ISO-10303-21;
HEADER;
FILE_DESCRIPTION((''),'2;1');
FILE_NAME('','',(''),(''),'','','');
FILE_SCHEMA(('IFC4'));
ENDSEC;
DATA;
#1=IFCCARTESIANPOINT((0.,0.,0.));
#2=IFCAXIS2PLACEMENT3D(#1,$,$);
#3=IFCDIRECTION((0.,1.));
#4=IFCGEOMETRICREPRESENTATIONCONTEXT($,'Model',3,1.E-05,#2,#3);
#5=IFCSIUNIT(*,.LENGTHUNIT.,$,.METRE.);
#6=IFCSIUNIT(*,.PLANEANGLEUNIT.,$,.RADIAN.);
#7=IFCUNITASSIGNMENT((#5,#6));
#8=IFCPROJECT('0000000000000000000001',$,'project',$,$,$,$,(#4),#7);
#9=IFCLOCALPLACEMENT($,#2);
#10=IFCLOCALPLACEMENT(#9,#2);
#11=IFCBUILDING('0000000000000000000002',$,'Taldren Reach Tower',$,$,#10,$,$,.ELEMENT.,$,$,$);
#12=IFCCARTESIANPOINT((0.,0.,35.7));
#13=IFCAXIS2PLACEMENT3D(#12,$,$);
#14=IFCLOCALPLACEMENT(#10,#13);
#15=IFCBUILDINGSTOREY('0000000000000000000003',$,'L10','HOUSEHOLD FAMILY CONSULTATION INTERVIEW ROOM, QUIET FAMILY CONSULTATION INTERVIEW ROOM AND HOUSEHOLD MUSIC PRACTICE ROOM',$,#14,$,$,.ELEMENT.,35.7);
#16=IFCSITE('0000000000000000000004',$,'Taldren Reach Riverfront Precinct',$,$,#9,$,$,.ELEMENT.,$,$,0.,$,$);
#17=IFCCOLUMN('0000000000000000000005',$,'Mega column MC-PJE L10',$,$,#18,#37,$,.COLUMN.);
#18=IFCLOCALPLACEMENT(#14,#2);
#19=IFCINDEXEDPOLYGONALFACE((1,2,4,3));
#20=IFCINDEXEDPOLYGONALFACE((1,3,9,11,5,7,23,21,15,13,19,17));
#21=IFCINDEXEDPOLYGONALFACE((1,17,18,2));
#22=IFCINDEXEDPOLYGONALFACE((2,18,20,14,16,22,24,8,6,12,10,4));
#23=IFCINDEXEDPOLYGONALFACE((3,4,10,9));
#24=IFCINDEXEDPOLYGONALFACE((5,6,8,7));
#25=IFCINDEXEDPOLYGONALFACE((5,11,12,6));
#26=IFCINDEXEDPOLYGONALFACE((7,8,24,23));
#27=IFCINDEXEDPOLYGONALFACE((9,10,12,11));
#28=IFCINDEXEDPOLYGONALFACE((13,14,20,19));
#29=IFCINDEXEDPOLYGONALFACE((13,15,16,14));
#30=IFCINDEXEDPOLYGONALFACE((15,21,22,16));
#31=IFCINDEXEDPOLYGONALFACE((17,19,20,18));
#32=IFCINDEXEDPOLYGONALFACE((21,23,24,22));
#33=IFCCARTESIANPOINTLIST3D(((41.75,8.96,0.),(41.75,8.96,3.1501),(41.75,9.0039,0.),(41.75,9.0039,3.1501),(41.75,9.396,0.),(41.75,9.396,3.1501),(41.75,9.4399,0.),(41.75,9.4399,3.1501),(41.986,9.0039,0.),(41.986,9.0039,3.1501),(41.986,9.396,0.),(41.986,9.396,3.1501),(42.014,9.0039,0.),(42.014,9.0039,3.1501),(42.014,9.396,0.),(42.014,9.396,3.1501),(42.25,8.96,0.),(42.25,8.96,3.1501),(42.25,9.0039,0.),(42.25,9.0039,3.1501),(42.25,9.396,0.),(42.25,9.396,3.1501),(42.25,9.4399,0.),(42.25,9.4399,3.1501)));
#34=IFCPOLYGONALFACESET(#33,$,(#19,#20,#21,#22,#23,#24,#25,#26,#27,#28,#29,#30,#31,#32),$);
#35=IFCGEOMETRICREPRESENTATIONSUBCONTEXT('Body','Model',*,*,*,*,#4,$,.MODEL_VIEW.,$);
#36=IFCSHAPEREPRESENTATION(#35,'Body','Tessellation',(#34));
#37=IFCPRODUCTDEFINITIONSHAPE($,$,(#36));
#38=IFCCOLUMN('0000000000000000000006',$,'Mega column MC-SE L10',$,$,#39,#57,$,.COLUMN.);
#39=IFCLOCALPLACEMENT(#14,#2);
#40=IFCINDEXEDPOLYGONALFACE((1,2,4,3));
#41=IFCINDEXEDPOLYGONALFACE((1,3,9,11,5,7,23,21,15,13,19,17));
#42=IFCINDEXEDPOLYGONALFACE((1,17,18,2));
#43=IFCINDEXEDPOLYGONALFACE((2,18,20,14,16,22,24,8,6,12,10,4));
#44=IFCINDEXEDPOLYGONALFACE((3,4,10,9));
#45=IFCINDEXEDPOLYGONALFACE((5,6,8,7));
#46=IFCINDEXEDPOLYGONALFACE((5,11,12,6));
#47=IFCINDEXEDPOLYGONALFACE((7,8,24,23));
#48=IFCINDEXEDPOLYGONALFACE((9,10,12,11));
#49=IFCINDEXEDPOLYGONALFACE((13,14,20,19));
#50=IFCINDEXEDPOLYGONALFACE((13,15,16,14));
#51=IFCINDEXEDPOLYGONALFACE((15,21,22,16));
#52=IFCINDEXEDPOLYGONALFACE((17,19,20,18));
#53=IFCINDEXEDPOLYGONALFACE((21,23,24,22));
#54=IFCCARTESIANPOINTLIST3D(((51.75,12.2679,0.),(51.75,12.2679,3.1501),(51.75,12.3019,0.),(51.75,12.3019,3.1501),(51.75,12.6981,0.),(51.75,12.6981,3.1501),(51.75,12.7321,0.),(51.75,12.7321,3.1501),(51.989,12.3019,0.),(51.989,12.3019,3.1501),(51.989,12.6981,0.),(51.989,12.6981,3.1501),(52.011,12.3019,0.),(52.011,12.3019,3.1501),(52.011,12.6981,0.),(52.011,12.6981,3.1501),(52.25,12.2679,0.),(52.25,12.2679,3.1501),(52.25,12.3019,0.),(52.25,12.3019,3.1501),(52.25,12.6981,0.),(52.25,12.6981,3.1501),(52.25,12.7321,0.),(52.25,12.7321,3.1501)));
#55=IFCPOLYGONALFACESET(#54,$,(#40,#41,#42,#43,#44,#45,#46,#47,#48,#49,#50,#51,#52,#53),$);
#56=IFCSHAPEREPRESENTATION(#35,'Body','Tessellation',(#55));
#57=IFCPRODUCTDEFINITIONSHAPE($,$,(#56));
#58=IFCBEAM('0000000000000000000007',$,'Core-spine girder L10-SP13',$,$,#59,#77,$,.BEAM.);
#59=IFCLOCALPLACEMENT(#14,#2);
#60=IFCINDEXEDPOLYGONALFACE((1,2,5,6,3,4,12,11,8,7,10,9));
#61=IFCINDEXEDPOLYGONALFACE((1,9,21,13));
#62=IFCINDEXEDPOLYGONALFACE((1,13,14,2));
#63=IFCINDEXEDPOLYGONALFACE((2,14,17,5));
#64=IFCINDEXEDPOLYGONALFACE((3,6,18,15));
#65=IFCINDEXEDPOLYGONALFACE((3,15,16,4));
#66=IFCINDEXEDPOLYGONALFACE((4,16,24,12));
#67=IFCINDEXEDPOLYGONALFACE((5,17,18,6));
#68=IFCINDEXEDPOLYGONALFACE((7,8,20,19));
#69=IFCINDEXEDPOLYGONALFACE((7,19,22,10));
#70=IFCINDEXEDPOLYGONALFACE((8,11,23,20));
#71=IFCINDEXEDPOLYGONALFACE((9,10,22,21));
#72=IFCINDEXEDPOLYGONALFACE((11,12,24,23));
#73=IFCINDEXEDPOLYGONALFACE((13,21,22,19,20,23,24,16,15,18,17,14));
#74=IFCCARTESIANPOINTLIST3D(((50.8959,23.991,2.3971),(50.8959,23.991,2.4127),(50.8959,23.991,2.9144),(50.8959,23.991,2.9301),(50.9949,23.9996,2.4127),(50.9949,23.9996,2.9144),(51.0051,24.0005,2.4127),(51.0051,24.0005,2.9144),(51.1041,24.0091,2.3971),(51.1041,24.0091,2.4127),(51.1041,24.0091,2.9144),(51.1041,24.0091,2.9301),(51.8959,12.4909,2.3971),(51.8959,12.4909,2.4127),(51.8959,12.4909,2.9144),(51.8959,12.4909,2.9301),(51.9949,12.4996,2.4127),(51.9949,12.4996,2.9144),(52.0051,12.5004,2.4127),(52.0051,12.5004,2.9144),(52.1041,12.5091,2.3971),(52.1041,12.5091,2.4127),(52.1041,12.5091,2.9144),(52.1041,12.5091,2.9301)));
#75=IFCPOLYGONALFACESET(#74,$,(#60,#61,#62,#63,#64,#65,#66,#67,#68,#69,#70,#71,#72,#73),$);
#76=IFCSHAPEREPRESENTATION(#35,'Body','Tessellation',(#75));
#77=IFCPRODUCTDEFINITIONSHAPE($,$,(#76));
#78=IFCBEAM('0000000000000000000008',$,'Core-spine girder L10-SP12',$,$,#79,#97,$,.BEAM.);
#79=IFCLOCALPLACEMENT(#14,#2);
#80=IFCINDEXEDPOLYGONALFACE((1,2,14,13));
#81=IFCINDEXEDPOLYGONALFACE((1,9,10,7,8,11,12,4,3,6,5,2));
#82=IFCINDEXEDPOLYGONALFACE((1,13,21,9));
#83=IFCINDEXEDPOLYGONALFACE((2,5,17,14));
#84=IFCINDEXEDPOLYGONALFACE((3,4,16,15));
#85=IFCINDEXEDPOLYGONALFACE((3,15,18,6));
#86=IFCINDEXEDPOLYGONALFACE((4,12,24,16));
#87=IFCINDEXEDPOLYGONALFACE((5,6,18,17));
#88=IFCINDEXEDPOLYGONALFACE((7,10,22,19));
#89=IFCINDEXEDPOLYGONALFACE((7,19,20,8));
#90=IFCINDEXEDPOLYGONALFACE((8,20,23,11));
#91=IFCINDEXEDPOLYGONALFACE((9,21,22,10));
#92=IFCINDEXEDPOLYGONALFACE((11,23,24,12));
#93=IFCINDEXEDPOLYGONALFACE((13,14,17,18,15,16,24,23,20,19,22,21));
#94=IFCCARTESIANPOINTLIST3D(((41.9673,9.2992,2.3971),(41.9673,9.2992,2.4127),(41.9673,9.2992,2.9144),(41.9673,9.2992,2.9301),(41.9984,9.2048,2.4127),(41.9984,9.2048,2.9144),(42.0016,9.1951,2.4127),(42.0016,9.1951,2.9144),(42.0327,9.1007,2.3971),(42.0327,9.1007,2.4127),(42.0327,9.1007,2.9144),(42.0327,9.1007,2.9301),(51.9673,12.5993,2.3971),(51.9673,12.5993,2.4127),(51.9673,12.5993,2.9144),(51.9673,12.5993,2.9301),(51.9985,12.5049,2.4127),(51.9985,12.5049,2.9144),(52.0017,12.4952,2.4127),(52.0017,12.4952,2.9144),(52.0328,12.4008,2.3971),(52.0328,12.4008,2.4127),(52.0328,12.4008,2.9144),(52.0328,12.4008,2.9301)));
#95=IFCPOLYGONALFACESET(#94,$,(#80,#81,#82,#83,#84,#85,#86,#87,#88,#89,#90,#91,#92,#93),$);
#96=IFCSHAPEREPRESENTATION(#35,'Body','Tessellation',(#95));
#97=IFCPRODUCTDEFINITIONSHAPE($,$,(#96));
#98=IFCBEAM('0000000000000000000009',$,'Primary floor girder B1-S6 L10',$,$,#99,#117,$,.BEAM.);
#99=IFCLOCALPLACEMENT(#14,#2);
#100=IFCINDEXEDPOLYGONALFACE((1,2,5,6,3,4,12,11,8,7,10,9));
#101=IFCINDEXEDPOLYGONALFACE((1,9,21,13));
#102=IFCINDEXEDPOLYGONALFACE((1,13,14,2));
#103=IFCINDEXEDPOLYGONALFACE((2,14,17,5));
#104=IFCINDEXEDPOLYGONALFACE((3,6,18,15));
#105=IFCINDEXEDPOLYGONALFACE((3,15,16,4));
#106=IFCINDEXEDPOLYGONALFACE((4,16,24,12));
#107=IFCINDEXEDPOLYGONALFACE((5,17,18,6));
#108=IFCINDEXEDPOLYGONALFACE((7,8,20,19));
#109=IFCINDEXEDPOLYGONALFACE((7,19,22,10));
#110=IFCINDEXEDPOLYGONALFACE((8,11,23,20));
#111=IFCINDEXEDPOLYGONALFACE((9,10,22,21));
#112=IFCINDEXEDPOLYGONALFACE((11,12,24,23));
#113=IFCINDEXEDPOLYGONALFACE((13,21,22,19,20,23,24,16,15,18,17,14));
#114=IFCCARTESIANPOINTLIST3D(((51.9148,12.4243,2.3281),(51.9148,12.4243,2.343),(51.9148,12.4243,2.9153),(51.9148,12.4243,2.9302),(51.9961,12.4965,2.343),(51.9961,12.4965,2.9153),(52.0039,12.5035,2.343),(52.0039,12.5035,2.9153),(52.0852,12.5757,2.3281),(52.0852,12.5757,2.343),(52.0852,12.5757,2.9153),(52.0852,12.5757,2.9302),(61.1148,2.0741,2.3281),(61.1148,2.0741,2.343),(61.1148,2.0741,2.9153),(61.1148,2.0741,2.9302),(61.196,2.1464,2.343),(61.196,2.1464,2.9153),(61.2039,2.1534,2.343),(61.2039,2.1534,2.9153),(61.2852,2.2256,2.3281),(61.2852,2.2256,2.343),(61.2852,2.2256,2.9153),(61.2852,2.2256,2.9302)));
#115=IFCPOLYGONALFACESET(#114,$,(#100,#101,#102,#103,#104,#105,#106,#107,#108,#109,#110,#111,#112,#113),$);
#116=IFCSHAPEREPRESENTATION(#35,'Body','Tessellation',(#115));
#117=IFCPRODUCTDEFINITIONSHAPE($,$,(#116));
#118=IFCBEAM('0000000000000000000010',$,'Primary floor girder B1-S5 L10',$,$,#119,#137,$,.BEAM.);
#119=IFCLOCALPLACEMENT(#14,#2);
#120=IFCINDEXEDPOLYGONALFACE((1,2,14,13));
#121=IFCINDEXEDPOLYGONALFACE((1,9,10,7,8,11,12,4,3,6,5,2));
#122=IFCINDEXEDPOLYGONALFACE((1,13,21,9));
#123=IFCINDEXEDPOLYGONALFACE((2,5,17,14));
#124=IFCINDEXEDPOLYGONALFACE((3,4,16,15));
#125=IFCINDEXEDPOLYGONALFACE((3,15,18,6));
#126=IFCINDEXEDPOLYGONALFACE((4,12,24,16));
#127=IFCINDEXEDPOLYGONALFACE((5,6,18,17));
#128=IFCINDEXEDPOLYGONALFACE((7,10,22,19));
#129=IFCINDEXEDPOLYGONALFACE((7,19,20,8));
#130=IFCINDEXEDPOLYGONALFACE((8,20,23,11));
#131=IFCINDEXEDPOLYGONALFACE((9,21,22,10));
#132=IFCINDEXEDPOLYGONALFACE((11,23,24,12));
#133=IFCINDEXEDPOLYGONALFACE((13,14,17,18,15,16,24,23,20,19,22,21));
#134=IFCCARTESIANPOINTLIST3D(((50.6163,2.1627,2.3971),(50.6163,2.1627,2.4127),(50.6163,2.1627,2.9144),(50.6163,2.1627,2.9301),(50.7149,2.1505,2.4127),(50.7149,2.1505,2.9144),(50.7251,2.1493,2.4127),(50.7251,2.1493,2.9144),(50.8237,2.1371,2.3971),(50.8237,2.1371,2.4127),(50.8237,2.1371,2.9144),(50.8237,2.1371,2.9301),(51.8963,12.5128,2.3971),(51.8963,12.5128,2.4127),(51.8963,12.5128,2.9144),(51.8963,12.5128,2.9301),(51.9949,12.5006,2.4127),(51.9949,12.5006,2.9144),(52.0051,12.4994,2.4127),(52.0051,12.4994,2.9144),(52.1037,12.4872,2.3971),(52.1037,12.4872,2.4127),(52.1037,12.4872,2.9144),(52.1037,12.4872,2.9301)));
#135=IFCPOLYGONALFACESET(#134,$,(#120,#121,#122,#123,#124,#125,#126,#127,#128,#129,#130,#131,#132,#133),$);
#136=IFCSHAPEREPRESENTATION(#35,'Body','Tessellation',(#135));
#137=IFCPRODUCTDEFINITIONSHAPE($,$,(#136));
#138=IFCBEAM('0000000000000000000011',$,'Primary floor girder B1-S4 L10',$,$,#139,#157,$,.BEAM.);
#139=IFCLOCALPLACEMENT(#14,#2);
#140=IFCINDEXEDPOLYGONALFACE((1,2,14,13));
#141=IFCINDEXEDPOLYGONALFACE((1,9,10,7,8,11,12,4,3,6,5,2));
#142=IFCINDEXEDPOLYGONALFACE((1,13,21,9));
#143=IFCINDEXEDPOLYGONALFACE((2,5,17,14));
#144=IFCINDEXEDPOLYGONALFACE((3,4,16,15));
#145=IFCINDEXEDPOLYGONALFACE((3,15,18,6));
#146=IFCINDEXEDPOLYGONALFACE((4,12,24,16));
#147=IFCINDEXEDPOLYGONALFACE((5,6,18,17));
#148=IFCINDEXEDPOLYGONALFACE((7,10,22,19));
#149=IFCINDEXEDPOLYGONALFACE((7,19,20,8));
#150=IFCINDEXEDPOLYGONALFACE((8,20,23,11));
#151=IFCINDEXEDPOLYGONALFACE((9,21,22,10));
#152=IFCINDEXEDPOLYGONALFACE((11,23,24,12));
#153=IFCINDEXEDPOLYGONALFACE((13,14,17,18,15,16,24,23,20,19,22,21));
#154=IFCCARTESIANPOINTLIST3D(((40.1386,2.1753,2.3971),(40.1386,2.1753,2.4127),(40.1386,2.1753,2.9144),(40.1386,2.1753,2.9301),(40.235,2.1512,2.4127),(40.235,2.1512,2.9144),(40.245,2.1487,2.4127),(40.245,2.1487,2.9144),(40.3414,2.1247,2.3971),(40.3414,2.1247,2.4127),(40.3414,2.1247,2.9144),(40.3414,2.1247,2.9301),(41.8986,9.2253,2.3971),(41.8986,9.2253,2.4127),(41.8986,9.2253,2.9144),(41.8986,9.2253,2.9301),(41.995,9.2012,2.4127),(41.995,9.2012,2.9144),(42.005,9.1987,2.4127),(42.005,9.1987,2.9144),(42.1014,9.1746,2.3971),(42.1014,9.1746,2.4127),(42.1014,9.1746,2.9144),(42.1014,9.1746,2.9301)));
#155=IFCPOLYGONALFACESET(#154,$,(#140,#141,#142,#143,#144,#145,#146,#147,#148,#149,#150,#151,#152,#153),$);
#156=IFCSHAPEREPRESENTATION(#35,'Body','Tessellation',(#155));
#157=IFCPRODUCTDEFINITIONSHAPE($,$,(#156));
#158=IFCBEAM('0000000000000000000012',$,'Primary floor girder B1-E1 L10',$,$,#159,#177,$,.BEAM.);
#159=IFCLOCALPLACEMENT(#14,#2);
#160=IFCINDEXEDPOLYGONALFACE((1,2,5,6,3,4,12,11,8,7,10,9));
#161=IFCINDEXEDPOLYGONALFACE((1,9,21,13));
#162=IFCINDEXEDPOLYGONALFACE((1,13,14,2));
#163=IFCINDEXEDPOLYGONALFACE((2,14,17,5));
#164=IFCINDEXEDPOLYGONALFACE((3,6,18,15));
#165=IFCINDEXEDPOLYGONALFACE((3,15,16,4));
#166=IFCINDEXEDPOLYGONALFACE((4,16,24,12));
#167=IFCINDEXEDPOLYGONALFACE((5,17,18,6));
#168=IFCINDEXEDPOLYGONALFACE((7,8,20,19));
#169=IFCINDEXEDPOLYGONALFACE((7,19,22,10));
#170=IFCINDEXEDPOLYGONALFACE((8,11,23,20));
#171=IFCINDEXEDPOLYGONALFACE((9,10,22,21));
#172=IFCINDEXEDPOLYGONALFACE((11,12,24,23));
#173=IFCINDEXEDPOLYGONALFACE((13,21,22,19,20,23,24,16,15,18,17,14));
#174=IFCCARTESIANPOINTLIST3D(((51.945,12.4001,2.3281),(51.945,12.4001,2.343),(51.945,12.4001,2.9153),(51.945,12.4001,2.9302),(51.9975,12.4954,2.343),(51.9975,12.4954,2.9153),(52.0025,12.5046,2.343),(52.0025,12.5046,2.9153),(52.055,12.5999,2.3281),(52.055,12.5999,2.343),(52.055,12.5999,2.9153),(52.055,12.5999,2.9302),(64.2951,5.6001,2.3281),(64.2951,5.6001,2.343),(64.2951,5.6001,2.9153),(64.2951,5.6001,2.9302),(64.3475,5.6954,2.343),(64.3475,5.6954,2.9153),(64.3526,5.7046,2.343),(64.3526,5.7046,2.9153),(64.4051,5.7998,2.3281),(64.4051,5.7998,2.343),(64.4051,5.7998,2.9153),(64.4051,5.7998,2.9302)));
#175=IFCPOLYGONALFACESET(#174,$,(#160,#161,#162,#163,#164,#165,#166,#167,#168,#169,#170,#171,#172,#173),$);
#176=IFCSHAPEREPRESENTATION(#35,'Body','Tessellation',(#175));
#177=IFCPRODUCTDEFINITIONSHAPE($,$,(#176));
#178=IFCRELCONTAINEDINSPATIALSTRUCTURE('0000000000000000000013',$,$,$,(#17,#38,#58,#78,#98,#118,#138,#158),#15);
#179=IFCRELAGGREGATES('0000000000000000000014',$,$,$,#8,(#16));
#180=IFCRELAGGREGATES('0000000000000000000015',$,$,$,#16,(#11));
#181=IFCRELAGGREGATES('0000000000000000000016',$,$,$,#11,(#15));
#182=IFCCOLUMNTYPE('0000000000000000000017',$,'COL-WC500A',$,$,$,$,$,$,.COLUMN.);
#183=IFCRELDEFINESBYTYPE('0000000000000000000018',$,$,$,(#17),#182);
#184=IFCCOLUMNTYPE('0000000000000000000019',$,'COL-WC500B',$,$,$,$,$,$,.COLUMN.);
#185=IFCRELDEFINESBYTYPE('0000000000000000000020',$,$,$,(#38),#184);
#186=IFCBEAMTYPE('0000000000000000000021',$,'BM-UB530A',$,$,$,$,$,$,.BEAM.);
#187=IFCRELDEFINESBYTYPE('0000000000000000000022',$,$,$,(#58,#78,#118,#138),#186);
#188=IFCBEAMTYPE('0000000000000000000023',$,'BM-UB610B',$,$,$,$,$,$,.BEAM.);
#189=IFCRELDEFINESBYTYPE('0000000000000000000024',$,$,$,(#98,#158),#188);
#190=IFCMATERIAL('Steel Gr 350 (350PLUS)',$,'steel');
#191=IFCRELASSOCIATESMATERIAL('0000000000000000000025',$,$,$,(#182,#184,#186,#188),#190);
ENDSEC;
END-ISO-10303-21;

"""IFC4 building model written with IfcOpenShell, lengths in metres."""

from ifc_helpers import new_model, si_unit, direction, frame, origin, origin_2d, place, context, subcontext, project, spatial, i_section, extrude, source, transform, mapped, material, material_profile, profile_set, type_object, element, save


model = new_model("IFC4")

# Units and contexts
model_context = context("Model", 3, precision=1e-05, world=origin(), true_north=direction((0.0, 1.0)))
body_context = subcontext(model_context, "Body", "Model", "MODEL_VIEW")
ifc_project = project(units=[si_unit("LENGTHUNIT", "METRE"), si_unit("PLANEANGLEUNIT", "RADIAN")], contexts=[model_context])

# Site, building, storey
site_placement = place(None, origin())
site = spatial("IfcSite", under=ifc_project, at=site_placement, Name="Taldren Reach Riverfront Precinct", CompositionType="ELEMENT", RefElevation=0.0)
building_placement = place(site_placement, origin())
building = spatial("IfcBuilding", under=site, at=building_placement, Name="Taldren Reach Tower", CompositionType="ELEMENT")
storey_placement = place(building_placement, frame((0.0, 0.0, 35.7)))
storey = spatial("IfcBuildingStorey", under=building, at=storey_placement, Name="L10", Description="HOUSEHOLD FAMILY CONSULTATION INTERVIEW ROOM, QUIET FAMILY CONSULTATION INTERVIEW ROOM AND HOUSEHOLD MUSIC PRACTICE ROOM", CompositionType="ELEMENT", Elevation=35.7)

# Columns
ifc_material_1 = material(Name="Steel Gr 350 (350PLUS)", Category="steel")
ifc_material_profile_1 = material_profile(ifc_material_1, i_section(OverallWidth=0.5, OverallDepth=0.48, WebThickness=0.0281, FlangeThickness=0.0439, at=origin_2d()), Name="500WC440")
ifc_profile_set_1 = profile_set([ifc_material_profile_1], Name="Steel Gr 350 (350PLUS)")
column_type_1 = type_object("IfcColumnType", Name="COL-WC500A", PredefinedType="COLUMN", material=ifc_profile_set_1)
shared_shape_1 = source(origin(), body_context, "Body", "SweptSolid", [
    extrude(i_section(OverallWidth=0.5, OverallDepth=0.48, WebThickness=0.0281, FlangeThickness=0.0439, at=origin_2d()), origin(), (0.0, 0.0, 1.0), 3.1501),
])
column_1_placement = place(storey_placement, frame((42.0, 9.2, 0.0), z_axis=(0.0, 0.0, 1.0), x_axis=(1.0, 0.0, 0.0)))
element("IfcColumn", 1, at=column_1_placement, inside=storey, type_object=column_type_1, Name="Mega column MC-PJE L10", PredefinedType="COLUMN", context=body_context, shape_type="MappedRepresentation", body=[
    mapped(shared_shape_1, transform((0.0, 0.0, 0.0), scale=1.0)),
])
ifc_material_profile_2 = material_profile(ifc_material_1, i_section(OverallWidth=0.5, OverallDepth=0.4641, WebThickness=0.022, FlangeThickness=0.0339, at=origin_2d()), Name="500WC340")
ifc_profile_set_2 = profile_set([ifc_material_profile_2], Name="Steel Gr 350 (350PLUS)")
column_type_2 = type_object("IfcColumnType", Name="COL-WC500B", PredefinedType="COLUMN", material=ifc_profile_set_2)
shared_shape_2 = source(origin(), body_context, "Body", "SweptSolid", [
    extrude(i_section(OverallWidth=0.5, OverallDepth=0.4641, WebThickness=0.022, FlangeThickness=0.0339, at=origin_2d()), origin(), (0.0, 0.0, 1.0), 3.1501),
])
column_2_placement = place(storey_placement, frame((52.0, 12.5, 0.0), z_axis=(0.0, 0.0, 1.0), x_axis=(1.0, 0.0, 0.0)))
element("IfcColumn", 2, at=column_2_placement, inside=storey, type_object=column_type_2, Name="Mega column MC-SE L10", PredefinedType="COLUMN", context=body_context, shape_type="MappedRepresentation", body=[
    mapped(shared_shape_2, transform((0.0, 0.0, 0.0), scale=1.0)),
])

# Beams
ifc_material_profile_3 = material_profile(ifc_material_1, i_section(OverallWidth=0.209, OverallDepth=0.533, WebThickness=0.0103, FlangeThickness=0.0156, at=origin_2d()), Name="530UB92.4")
ifc_profile_set_3 = profile_set([ifc_material_profile_3], Name="Steel Gr 350 (350PLUS)")
beam_type_1 = type_object("IfcBeamType", Name="BM-UB530A", PredefinedType="BEAM", material=ifc_profile_set_3)
shared_shape_3 = source(origin(), body_context, "Body", "SweptSolid", [
    extrude(i_section(OverallWidth=0.209, OverallDepth=0.533, WebThickness=0.0103, FlangeThickness=0.0156, at=origin_2d()), origin(), (0.0, 0.0, 1.0), 11.5435),
])
beam_1_placement = place(storey_placement, frame((52.0, 12.5, 2.6636), z_axis=(-0.08663, 0.996241, 0.0), x_axis=(-0.996241, -0.08663, 0.0)))
element("IfcBeam", 3, at=beam_1_placement, inside=storey, type_object=beam_type_1, Name="Core-spine girder L10-SP13", PredefinedType="BEAM", context=body_context, shape_type="MappedRepresentation", body=[
    mapped(shared_shape_3, transform((0.0, 0.0, 0.0), scale=1.0)),
])
shared_shape_4 = source(origin(), body_context, "Body", "SweptSolid", [
    extrude(i_section(OverallWidth=0.209, OverallDepth=0.533, WebThickness=0.0103, FlangeThickness=0.0156, at=origin_2d()), origin(), (0.0, 0.0, 1.0), 10.5305),
])
beam_2_placement = place(storey_placement, frame((42.0, 9.2, 2.6636), z_axis=(0.949627, 0.313382, 0.0), x_axis=(-0.313382, 0.949627, 0.0)))
element("IfcBeam", 4, at=beam_2_placement, inside=storey, type_object=beam_type_1, Name="Core-spine girder L10-SP12", PredefinedType="BEAM", context=body_context, shape_type="MappedRepresentation", body=[
    mapped(shared_shape_4, transform((0.0, 0.0, 0.0), scale=1.0)),
])
ifc_material_profile_4 = material_profile(ifc_material_1, i_section(OverallWidth=0.228, OverallDepth=0.6021, WebThickness=0.0105, FlangeThickness=0.0149, at=origin_2d()), Name="610UB101")
ifc_profile_set_4 = profile_set([ifc_material_profile_4], Name="Steel Gr 350 (350PLUS)")
beam_type_2 = type_object("IfcBeamType", Name="BM-UB610B", PredefinedType="BEAM", material=ifc_profile_set_4)
shared_shape_5 = source(origin(), body_context, "Body", "SweptSolid", [
    extrude(i_section(OverallWidth=0.228, OverallDepth=0.6021, WebThickness=0.0105, FlangeThickness=0.0149, at=origin_2d()), origin(), (0.0, 0.0, 1.0), 13.8479),
])
beam_3_placement = place(storey_placement, frame((52.0, 12.5, 2.6292), z_axis=(0.664358, -0.747414, 0.0), x_axis=(0.747414, 0.664358, 0.0)))
element("IfcBeam", 5, at=beam_3_placement, inside=storey, type_object=beam_type_2, Name="Primary floor girder B1-S6 L10", PredefinedType="BEAM", context=body_context, shape_type="MappedRepresentation", body=[
    mapped(shared_shape_5, transform((0.0, 0.0, 0.0), scale=1.0)),
])
shared_shape_6 = source(origin(), body_context, "Body", "SweptSolid", [
    extrude(i_section(OverallWidth=0.209, OverallDepth=0.533, WebThickness=0.0103, FlangeThickness=0.0156, at=origin_2d()), origin(), (0.0, 0.0, 1.0), 10.429),
])
beam_4_placement = place(storey_placement, frame((52.0, 12.5, 2.6636), z_axis=(-0.122738, -0.992439, 0.0), x_axis=(0.992439, -0.122738, 0.0)))
element("IfcBeam", 6, at=beam_4_placement, inside=storey, type_object=beam_type_1, Name="Primary floor girder B1-S5 L10", PredefinedType="BEAM", context=body_context, shape_type="MappedRepresentation", body=[
    mapped(shared_shape_6, transform((0.0, 0.0, 0.0), scale=1.0)),
])
shared_shape_7 = source(origin(), body_context, "Body", "SweptSolid", [
    extrude(i_section(OverallWidth=0.209, OverallDepth=0.533, WebThickness=0.0103, FlangeThickness=0.0156, at=origin_2d()), origin(), (0.0, 0.0, 1.0), 7.2664),
])
beam_5_placement = place(storey_placement, frame((42.0, 9.2, 2.6636), z_axis=(-0.242211, -0.970223, 0.0), x_axis=(0.970223, -0.242211, 0.0)))
element("IfcBeam", 7, at=beam_5_placement, inside=storey, type_object=beam_type_1, Name="Primary floor girder B1-S4 L10", PredefinedType="BEAM", context=body_context, shape_type="MappedRepresentation", body=[
    mapped(shared_shape_7, transform((0.0, 0.0, 0.0), scale=1.0)),
])
shared_shape_8 = source(origin(), body_context, "Body", "SweptSolid", [
    extrude(i_section(OverallWidth=0.228, OverallDepth=0.6021, WebThickness=0.0105, FlangeThickness=0.0149, at=origin_2d()), origin(), (0.0, 0.0, 1.0), 14.0984),
])
beam_6_placement = place(storey_placement, frame((52.0, 12.5, 2.6292), z_axis=(0.875991, -0.482327, 0.0), x_axis=(0.482327, 0.875991, 0.0)))
element("IfcBeam", 8, at=beam_6_placement, inside=storey, type_object=beam_type_2, Name="Primary floor girder B1-E1 L10", PredefinedType="BEAM", context=body_context, shape_type="MappedRepresentation", body=[
    mapped(shared_shape_8, transform((0.0, 0.0, 0.0), scale=1.0)),
])

save(model, "model.ifc")
